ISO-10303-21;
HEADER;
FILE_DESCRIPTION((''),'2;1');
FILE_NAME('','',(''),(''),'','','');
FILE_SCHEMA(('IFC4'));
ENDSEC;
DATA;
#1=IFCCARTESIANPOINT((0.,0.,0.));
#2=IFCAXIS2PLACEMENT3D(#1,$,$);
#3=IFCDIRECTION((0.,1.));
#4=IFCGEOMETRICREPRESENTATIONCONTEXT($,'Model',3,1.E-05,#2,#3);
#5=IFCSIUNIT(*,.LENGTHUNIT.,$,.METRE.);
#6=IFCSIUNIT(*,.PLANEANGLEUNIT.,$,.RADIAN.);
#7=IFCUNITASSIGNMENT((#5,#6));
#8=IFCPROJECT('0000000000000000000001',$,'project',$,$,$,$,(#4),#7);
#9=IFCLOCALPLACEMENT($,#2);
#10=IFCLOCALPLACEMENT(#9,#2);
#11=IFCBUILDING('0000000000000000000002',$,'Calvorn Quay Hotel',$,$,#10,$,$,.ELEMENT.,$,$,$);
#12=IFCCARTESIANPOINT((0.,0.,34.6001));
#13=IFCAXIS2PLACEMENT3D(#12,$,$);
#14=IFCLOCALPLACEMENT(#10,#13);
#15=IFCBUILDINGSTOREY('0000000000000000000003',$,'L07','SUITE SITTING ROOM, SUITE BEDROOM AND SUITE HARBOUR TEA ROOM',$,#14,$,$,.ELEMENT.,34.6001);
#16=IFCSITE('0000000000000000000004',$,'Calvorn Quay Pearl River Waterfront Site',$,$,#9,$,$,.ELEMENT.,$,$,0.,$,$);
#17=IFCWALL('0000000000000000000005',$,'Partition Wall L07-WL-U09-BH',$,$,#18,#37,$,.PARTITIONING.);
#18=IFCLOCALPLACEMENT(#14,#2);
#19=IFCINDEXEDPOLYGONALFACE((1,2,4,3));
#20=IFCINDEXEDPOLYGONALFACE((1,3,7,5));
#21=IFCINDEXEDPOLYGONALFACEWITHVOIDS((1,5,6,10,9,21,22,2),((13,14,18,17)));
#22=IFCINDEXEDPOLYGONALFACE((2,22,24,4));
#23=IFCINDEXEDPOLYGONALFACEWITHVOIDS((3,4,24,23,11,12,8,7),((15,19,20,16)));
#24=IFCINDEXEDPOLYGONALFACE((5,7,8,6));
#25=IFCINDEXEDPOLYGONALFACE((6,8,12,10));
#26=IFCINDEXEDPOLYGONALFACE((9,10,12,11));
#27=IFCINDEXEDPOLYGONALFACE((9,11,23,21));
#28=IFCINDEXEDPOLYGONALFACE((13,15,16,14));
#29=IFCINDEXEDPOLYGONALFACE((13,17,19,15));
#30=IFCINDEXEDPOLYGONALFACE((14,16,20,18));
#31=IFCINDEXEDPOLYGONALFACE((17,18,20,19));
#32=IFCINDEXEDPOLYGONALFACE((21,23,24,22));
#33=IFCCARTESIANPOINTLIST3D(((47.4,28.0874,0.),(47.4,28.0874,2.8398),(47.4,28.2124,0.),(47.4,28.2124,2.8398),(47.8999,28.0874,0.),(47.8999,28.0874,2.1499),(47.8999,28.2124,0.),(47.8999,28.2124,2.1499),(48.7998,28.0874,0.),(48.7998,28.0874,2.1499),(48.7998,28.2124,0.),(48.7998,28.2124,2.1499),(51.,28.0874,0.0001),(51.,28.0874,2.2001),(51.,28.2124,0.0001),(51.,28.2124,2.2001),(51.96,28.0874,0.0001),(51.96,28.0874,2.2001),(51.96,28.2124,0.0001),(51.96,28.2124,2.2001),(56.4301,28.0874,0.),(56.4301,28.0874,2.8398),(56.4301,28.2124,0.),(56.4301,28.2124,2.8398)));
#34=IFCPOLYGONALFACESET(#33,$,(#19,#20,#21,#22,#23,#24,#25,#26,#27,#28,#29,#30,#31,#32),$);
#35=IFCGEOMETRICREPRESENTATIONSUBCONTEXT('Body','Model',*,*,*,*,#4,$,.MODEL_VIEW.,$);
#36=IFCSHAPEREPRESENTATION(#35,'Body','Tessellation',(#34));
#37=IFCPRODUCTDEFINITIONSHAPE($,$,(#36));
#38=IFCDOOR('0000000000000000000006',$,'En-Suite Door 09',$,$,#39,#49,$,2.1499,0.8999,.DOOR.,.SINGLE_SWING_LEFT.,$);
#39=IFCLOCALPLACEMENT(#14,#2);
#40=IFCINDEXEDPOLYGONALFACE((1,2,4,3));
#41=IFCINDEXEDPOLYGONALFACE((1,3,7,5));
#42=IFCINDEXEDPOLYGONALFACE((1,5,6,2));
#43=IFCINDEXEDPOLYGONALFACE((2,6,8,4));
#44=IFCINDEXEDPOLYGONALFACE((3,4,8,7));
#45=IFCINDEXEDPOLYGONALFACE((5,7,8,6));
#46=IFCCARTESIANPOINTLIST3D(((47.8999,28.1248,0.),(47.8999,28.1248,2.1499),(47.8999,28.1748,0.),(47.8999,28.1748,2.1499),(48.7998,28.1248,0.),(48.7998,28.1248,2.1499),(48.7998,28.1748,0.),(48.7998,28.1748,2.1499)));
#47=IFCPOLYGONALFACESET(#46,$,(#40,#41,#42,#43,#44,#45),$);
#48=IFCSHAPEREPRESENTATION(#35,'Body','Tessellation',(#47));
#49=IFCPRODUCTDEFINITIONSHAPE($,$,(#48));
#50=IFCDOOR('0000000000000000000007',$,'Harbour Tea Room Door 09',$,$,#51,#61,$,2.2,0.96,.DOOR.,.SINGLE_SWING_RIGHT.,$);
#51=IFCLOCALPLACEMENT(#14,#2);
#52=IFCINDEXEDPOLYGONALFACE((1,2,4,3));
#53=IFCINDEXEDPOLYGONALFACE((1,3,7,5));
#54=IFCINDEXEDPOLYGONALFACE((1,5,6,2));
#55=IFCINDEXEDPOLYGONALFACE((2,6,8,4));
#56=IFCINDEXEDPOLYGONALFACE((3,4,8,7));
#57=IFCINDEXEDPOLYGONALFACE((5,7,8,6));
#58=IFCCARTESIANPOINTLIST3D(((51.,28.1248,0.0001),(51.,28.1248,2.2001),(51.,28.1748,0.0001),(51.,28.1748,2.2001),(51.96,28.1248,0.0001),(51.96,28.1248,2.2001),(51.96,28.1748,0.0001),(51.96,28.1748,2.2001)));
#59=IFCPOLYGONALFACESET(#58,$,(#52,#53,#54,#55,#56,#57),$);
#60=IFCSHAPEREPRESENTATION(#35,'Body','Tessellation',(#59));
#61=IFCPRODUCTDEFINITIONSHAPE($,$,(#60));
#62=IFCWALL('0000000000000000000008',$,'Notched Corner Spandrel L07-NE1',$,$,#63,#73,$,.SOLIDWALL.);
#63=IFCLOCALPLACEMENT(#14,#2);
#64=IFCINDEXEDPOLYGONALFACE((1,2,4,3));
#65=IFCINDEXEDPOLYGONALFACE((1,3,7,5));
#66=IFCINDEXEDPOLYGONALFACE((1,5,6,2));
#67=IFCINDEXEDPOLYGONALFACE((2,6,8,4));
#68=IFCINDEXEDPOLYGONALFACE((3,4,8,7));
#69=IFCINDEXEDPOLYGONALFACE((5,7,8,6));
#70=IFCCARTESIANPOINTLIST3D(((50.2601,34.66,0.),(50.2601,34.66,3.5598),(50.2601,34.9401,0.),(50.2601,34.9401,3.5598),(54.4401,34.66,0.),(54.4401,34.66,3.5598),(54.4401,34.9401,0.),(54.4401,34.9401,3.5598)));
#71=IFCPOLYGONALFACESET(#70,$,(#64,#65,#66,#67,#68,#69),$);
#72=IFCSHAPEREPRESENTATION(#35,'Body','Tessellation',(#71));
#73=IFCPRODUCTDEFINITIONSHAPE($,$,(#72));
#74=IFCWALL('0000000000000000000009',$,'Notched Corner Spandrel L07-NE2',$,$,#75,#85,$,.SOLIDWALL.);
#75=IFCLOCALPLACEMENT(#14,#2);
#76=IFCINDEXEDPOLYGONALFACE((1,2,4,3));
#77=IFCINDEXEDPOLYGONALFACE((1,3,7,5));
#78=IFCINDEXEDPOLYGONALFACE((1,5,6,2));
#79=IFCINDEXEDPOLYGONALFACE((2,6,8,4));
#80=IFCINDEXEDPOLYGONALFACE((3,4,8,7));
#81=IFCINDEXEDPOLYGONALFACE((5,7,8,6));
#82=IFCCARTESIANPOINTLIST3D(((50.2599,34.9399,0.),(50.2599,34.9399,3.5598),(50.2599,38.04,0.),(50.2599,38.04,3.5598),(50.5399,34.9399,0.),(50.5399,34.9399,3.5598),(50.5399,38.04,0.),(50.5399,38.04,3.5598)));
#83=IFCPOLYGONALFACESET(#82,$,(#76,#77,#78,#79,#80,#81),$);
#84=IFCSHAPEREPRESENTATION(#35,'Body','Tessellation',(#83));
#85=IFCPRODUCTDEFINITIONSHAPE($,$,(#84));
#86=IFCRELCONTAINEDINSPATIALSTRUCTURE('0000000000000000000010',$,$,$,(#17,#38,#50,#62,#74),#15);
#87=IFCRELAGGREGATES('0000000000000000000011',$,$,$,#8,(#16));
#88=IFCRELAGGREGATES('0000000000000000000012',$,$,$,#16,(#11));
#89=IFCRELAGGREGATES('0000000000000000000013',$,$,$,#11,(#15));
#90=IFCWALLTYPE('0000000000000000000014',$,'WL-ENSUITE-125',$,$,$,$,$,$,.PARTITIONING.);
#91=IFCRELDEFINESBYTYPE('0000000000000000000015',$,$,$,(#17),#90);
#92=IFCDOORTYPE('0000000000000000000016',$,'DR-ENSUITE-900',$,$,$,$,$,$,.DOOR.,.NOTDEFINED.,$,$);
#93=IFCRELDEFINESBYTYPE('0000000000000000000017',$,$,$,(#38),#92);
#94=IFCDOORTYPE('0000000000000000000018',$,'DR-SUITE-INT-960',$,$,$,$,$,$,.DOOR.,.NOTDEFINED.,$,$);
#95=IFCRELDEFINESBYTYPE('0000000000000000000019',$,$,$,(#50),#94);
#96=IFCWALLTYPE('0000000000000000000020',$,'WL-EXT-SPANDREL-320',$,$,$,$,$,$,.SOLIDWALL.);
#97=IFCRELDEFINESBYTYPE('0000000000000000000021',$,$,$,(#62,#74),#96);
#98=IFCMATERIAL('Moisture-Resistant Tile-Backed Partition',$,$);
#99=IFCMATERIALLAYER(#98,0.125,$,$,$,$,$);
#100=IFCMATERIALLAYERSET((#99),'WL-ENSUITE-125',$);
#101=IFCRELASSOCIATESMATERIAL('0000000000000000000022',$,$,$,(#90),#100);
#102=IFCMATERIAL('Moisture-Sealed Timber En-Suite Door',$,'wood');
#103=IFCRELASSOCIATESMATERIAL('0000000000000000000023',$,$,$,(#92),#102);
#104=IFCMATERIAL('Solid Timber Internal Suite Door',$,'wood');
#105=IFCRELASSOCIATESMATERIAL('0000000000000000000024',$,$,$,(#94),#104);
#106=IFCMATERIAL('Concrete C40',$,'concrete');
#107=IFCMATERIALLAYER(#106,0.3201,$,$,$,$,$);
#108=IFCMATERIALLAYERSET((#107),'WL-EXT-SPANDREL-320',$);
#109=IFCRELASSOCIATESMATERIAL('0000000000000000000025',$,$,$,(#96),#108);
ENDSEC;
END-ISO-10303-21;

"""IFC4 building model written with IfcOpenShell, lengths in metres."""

from ifc_helpers import new_model, si_unit, direction, frame, frame_2d, origin, place, context, subcontext, project, spatial, rectangle, extrude, material, layer, layer_set, type_object, element, fill, save


model = new_model("IFC4")

# Units and contexts
model_context = context("Model", 3, precision=1e-05, world=origin(), true_north=direction((0.0, 1.0)))
body_context = subcontext(model_context, "Body", "Model", "MODEL_VIEW")
ifc_project = project(units=[si_unit("LENGTHUNIT", "METRE"), si_unit("PLANEANGLEUNIT", "RADIAN")], contexts=[model_context])

# Site, building, storey
site_placement = place(None, origin())
site = spatial("IfcSite", under=ifc_project, at=site_placement, Name="Calvorn Quay Pearl River Waterfront Site", CompositionType="ELEMENT", RefElevation=0.0)
building_placement = place(site_placement, origin())
building = spatial("IfcBuilding", under=site, at=building_placement, Name="Calvorn Quay Hotel", CompositionType="ELEMENT")
storey_placement = place(building_placement, frame((0.0, 0.0, 34.6001)))
storey = spatial("IfcBuildingStorey", under=building, at=storey_placement, Name="L07", Description="SUITE SITTING ROOM, SUITE BEDROOM AND SUITE HARBOUR TEA ROOM", CompositionType="ELEMENT", Elevation=34.6001)

# Shared definitions
ifc_material_1 = material(Name="Moisture-Resistant Tile-Backed Partition")
ifc_layer_1 = layer(ifc_material_1, 0.125)
ifc_layer_set_1 = layer_set([ifc_layer_1], Name="WL-ENSUITE-125")
wall_type_1 = type_object("IfcWallType", Name="WL-ENSUITE-125", PredefinedType="PARTITIONING", material=ifc_layer_set_1)

# Wall, openings, doors
wall_1_placement = place(storey_placement, frame((47.3999, 28.1499, 0.0), z_axis=(0.0, 0.0, 1.0), x_axis=(1.0, 0.0, 0.0)))
wall_1 = element("IfcWall", 1, at=wall_1_placement, inside=storey, type_object=wall_type_1, Name="Partition Wall L07-WL-U09-BH", PredefinedType="PARTITIONING", context=body_context, shape_type="SweptSolid", body=[
    extrude(rectangle(XDim=9.03, YDim=0.125, at=frame_2d((4.5151, 0.0))), origin(), (0.0, 0.0, 1.0), 2.8398),
])
opening_1_placement = place(wall_1_placement, frame((0.5, 0.0, 0.0)))
opening_1 = element("IfcOpeningElement", 2, at=opening_1_placement, cuts=wall_1, PredefinedType="OPENING", context=body_context, shape_type="SweptSolid", body=[
    extrude(rectangle(XDim=0.8999, YDim=2.1499, at=frame_2d((0.45, 1.075))), frame((0.0, 0.0725, 0.0), z_axis=(0.0, -1.0, 0.0), x_axis=(1.0, 0.0, 0.0)), (0.0, 0.0, 1.0), 0.145),
])
opening_2_placement = place(wall_1_placement, frame((3.6001, 0.0, 0.0)))
opening_2 = element("IfcOpeningElement", 3, at=opening_2_placement, cuts=wall_1, PredefinedType="OPENING", context=body_context, shape_type="SweptSolid", body=[
    extrude(rectangle(XDim=0.96, YDim=2.2, at=frame_2d((0.48, 1.1001))), frame((0.0, 0.0725, 0.0), z_axis=(0.0, -1.0, 0.0), x_axis=(1.0, 0.0, 0.0)), (0.0, 0.0, 1.0), 0.145),
])
ifc_material_2 = material(Name="Moisture-Sealed Timber En-Suite Door", Category="wood")
door_type_1 = type_object("IfcDoorType", Name="DR-ENSUITE-900", OperationType="NOTDEFINED", PredefinedType="DOOR", material=ifc_material_2)
door_1_placement = place(opening_1_placement, origin())
door_1 = element("IfcDoor", 4, at=door_1_placement, inside=storey, type_object=door_type_1, Name="En-Suite Door 09", OperationType="SINGLE_SWING_LEFT", OverallHeight=2.1499, OverallWidth=0.8999, PredefinedType="DOOR", context=body_context, shape_type="SweptSolid", body=[
    extrude(rectangle(XDim=0.8999, YDim=2.1499, at=frame_2d((0.45, 1.075))), frame((0.0, 0.0249, 0.0), z_axis=(0.0, -1.0, 0.0), x_axis=(1.0, 0.0, 0.0)), (0.0, 0.0, 1.0), 0.05),
])
fill(opening_1, door_1)
ifc_material_3 = material(Name="Solid Timber Internal Suite Door", Category="wood")
door_type_2 = type_object("IfcDoorType", Name="DR-SUITE-INT-960", OperationType="NOTDEFINED", PredefinedType="DOOR", material=ifc_material_3)
door_2_placement = place(opening_2_placement, origin())
door_2 = element("IfcDoor", 5, at=door_2_placement, inside=storey, type_object=door_type_2, Name="Harbour Tea Room Door 09", OperationType="SINGLE_SWING_RIGHT", OverallHeight=2.2, OverallWidth=0.96, PredefinedType="DOOR", context=body_context, shape_type="SweptSolid", body=[
    extrude(rectangle(XDim=0.96, YDim=2.2, at=frame_2d((0.48, 1.1001))), frame((0.0, 0.0249, 0.0), z_axis=(0.0, -1.0, 0.0), x_axis=(1.0, 0.0, 0.0)), (0.0, 0.0, 1.0), 0.05),
])
fill(opening_2, door_2)

# Walls
ifc_material_4 = material(Name="Concrete C40", Category="concrete")
ifc_layer_2 = layer(ifc_material_4, 0.3201)
ifc_layer_set_2 = layer_set([ifc_layer_2], Name="WL-EXT-SPANDREL-320")
wall_type_2 = type_object("IfcWallType", Name="WL-EXT-SPANDREL-320", PredefinedType="SOLIDWALL", material=ifc_layer_set_2)
wall_2_placement = place(storey_placement, frame((54.4399, 34.8, 0.0), z_axis=(0.0, 0.0, 1.0), x_axis=(-1.0, 0.0, 0.0)))
element("IfcWall", 6, at=wall_2_placement, inside=storey, type_object=wall_type_2, Name="Notched Corner Spandrel L07-NE1", PredefinedType="SOLIDWALL", context=body_context, shape_type="SweptSolid", body=[
    extrude(rectangle(XDim=4.1799, YDim=0.28, at=frame_2d((2.0898, 0.0))), origin(), (0.0, 0.0, 1.0), 3.5598),
])
wall_3_placement = place(storey_placement, frame((50.3999, 34.9399, 0.0), z_axis=(0.0, 0.0, 1.0), x_axis=(0.0, 1.0, 0.0)))
element("IfcWall", 7, at=wall_3_placement, inside=storey, type_object=wall_type_2, Name="Notched Corner Spandrel L07-NE2", PredefinedType="SOLIDWALL", context=body_context, shape_type="SweptSolid", body=[
    extrude(rectangle(XDim=3.1001, YDim=0.28, at=frame_2d((1.55, 0.0))), origin(), (0.0, 0.0, 1.0), 3.5598),
])

save(model, "model.ifc")
